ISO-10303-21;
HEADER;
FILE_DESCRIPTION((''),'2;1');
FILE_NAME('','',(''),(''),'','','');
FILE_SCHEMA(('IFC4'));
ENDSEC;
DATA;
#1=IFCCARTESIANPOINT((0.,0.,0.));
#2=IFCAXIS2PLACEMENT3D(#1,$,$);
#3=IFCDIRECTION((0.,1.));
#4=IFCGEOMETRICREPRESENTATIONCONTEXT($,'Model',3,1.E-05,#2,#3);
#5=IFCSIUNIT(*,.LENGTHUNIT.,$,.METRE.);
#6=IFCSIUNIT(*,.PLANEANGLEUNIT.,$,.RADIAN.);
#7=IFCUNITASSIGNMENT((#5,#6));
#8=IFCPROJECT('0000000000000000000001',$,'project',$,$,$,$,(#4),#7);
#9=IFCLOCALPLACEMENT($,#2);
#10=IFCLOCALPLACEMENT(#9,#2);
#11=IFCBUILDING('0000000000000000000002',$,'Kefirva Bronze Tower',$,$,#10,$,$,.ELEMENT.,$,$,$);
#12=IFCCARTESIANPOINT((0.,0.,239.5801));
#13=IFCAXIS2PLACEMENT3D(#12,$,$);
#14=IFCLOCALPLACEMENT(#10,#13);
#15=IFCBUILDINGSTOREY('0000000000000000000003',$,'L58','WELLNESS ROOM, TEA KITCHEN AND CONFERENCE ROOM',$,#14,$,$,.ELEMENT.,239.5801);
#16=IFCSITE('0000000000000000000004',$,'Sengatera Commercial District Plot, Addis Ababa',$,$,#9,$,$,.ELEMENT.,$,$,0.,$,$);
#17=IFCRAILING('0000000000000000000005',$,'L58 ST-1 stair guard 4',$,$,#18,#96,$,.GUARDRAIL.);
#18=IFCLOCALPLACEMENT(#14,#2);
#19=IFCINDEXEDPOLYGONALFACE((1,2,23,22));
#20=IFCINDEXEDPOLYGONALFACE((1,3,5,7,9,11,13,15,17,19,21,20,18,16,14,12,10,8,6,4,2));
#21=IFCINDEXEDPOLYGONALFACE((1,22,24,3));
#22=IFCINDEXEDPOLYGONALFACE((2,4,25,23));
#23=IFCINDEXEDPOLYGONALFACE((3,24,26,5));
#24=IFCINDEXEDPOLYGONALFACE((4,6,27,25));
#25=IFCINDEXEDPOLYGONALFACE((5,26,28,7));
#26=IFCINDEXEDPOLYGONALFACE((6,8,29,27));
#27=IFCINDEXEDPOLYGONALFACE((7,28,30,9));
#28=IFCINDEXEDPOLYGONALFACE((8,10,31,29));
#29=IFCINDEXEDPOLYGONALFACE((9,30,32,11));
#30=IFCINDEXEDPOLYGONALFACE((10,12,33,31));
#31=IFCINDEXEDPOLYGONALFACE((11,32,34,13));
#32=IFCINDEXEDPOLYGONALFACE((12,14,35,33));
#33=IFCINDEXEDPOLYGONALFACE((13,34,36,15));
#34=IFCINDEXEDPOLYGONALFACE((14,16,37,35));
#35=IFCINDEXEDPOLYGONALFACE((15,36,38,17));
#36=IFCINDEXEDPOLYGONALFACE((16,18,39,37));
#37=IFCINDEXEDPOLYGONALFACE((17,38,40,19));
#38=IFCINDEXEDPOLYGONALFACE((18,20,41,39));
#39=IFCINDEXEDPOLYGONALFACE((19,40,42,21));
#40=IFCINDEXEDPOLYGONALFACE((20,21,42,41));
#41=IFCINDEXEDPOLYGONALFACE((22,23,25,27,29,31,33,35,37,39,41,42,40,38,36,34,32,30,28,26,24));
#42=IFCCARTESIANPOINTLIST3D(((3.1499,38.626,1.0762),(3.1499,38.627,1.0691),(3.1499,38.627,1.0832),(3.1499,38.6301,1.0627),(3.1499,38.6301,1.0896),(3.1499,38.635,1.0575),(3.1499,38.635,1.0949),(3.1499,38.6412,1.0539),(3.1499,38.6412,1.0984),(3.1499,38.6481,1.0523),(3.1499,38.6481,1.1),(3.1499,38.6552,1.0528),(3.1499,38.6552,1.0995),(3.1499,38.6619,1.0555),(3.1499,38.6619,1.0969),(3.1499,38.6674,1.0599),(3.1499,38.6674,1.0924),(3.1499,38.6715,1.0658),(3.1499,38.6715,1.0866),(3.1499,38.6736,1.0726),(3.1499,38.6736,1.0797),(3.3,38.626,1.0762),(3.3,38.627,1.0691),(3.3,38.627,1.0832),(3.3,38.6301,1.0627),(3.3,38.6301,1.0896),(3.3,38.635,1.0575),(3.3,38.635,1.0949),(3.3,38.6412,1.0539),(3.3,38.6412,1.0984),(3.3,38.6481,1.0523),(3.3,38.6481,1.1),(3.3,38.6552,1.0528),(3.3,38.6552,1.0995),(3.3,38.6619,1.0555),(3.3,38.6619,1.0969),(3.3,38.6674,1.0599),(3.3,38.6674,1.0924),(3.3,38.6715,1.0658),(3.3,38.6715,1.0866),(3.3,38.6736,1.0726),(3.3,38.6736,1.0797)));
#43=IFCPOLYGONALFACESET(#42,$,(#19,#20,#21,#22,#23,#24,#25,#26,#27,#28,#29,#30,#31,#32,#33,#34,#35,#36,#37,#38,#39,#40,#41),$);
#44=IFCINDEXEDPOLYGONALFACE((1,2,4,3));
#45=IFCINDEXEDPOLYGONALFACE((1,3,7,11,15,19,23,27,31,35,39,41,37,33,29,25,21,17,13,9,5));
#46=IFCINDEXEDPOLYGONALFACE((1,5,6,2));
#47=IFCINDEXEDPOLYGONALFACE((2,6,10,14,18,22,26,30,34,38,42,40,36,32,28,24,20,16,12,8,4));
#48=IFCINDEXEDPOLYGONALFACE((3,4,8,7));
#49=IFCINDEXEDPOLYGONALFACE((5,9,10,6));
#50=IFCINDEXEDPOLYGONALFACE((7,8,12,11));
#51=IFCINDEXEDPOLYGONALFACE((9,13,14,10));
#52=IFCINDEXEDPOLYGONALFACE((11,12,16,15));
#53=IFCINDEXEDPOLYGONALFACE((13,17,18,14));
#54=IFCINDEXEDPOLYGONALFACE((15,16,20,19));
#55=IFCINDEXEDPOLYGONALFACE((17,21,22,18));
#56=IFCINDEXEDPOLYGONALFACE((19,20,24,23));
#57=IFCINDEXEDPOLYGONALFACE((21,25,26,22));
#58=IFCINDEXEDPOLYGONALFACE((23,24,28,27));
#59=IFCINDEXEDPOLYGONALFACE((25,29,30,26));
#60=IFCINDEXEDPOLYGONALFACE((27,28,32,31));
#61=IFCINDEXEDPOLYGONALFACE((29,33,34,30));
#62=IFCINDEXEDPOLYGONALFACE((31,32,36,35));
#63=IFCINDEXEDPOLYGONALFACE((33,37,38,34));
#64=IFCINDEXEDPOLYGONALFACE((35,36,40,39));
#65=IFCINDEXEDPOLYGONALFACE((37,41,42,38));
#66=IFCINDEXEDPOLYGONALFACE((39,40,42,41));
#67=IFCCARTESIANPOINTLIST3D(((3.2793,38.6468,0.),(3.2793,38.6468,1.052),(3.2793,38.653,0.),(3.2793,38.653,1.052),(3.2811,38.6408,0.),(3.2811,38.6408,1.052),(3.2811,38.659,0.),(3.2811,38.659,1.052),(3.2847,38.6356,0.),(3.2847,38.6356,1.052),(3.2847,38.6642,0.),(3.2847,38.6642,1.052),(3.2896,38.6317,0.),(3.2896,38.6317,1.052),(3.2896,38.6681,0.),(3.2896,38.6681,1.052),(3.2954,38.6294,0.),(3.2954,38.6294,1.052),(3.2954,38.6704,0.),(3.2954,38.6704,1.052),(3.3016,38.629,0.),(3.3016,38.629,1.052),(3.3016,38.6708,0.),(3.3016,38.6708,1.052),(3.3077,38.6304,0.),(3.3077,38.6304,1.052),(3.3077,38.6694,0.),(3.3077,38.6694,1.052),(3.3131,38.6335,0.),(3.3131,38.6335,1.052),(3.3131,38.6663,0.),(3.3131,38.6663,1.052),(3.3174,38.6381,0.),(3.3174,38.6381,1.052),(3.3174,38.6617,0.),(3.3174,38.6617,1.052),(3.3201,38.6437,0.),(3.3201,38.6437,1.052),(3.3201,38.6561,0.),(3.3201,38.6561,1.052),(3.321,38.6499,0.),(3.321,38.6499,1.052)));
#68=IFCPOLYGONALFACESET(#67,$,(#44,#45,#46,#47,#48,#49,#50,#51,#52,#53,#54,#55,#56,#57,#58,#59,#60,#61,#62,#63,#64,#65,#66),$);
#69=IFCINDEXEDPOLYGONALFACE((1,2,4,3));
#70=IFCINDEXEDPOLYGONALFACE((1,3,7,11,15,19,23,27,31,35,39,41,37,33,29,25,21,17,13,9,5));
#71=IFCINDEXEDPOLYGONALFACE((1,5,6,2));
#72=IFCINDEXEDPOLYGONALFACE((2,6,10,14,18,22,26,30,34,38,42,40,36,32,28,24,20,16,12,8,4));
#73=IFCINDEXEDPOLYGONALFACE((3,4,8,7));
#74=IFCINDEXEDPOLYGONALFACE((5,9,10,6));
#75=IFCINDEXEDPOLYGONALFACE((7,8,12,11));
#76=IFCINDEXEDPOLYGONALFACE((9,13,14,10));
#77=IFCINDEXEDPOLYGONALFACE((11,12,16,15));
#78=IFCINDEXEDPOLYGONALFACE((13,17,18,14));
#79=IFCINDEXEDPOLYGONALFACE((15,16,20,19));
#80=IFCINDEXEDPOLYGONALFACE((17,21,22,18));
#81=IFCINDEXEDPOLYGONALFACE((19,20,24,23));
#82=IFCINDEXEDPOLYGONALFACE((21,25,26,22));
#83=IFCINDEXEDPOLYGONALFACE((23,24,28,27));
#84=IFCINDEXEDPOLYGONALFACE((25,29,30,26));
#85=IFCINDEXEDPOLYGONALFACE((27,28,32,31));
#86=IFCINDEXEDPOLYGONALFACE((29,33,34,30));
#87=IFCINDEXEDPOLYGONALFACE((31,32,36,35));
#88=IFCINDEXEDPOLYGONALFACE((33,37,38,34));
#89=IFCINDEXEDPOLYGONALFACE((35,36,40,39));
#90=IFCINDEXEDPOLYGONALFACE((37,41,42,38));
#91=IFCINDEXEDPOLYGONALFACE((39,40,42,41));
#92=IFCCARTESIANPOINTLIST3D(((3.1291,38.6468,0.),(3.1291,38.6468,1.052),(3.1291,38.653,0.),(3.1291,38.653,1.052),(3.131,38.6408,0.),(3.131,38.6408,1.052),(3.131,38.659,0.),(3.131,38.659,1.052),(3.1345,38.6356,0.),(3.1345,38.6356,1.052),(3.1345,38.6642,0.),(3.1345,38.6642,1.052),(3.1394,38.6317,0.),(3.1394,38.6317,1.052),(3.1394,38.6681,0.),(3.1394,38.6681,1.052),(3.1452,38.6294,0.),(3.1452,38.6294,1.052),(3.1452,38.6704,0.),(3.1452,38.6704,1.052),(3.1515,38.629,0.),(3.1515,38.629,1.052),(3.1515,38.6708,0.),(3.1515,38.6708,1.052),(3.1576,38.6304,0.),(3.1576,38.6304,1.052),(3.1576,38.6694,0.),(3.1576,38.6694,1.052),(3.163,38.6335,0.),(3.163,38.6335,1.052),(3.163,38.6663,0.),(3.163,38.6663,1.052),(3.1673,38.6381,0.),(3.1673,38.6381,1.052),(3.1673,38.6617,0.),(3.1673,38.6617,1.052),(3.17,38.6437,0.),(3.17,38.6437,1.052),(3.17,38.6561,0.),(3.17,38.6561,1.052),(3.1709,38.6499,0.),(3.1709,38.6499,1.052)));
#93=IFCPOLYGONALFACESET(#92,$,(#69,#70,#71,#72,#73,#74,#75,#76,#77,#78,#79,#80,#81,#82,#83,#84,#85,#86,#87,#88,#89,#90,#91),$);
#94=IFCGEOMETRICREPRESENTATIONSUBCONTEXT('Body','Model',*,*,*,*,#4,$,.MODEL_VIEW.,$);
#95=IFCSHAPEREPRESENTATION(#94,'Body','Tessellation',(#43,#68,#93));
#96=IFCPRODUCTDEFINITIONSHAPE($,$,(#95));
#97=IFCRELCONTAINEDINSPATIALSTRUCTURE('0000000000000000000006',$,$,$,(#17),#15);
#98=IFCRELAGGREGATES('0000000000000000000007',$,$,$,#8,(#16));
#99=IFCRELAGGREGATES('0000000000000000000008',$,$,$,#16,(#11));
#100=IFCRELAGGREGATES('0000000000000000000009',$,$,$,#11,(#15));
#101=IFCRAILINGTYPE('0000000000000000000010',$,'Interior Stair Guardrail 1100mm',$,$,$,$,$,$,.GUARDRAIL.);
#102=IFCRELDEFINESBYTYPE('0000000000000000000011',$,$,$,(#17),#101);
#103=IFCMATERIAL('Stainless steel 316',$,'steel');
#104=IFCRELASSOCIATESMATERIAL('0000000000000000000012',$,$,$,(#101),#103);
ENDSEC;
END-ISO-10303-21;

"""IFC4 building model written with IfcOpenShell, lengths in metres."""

from ifc_helpers import new_model, si_unit, direction, frame, origin, origin_2d, place, context, subcontext, project, spatial, circle, extrude, material, type_object, element, save


model = new_model("IFC4")

# Units and contexts
model_context = context("Model", 3, precision=1e-05, world=origin(), true_north=direction((0.0, 1.0)))
body_context = subcontext(model_context, "Body", "Model", "MODEL_VIEW")
ifc_project = project(units=[si_unit("LENGTHUNIT", "METRE"), si_unit("PLANEANGLEUNIT", "RADIAN")], contexts=[model_context])

# Site, building, storey
site_placement = place(None, origin())
site = spatial("IfcSite", under=ifc_project, at=site_placement, Name="Sengatera Commercial District Plot, Addis Ababa", CompositionType="ELEMENT", RefElevation=0.0)
building_placement = place(site_placement, origin())
building = spatial("IfcBuilding", under=site, at=building_placement, Name="Kefirva Bronze Tower", CompositionType="ELEMENT")
storey_placement = place(building_placement, frame((0.0, 0.0, 239.5801)))
storey = spatial("IfcBuildingStorey", under=building, at=storey_placement, Name="L58", Description="WELLNESS ROOM, TEA KITCHEN AND CONFERENCE ROOM", CompositionType="ELEMENT", Elevation=239.5801)

# Railing
ifc_material_1 = material(Name="Stainless steel 316", Category="steel")
railing_type_1 = type_object("IfcRailingType", Name="Interior Stair Guardrail 1100mm", PredefinedType="GUARDRAIL", material=ifc_material_1)
railing_1_placement = place(storey_placement, frame((3.3, 38.6499, 0.0)))
element("IfcRailing", 1, at=railing_1_placement, inside=storey, type_object=railing_type_1, Name="L58 ST-1 stair guard 4", PredefinedType="GUARDRAIL", context=body_context, shape_type="SweptSolid", body=[
    extrude(circle(Radius=0.0239, at=origin_2d()), frame((0.0, 0.0, 1.0762), z_axis=(-1.0, 0.0, 0.0), x_axis=(0.0, -1.0, 0.0)), (0.0, 0.0, 1.0), 0.1501),
    extrude(circle(Radius=0.021, at=origin_2d()), origin(), (0.0, 0.0, 1.0), 1.052),
    extrude(circle(Radius=0.021, at=origin_2d()), frame((-0.1501, 0.0, 0.0)), (0.0, 0.0, 1.0), 1.052),
])

save(model, "model.ifc")
